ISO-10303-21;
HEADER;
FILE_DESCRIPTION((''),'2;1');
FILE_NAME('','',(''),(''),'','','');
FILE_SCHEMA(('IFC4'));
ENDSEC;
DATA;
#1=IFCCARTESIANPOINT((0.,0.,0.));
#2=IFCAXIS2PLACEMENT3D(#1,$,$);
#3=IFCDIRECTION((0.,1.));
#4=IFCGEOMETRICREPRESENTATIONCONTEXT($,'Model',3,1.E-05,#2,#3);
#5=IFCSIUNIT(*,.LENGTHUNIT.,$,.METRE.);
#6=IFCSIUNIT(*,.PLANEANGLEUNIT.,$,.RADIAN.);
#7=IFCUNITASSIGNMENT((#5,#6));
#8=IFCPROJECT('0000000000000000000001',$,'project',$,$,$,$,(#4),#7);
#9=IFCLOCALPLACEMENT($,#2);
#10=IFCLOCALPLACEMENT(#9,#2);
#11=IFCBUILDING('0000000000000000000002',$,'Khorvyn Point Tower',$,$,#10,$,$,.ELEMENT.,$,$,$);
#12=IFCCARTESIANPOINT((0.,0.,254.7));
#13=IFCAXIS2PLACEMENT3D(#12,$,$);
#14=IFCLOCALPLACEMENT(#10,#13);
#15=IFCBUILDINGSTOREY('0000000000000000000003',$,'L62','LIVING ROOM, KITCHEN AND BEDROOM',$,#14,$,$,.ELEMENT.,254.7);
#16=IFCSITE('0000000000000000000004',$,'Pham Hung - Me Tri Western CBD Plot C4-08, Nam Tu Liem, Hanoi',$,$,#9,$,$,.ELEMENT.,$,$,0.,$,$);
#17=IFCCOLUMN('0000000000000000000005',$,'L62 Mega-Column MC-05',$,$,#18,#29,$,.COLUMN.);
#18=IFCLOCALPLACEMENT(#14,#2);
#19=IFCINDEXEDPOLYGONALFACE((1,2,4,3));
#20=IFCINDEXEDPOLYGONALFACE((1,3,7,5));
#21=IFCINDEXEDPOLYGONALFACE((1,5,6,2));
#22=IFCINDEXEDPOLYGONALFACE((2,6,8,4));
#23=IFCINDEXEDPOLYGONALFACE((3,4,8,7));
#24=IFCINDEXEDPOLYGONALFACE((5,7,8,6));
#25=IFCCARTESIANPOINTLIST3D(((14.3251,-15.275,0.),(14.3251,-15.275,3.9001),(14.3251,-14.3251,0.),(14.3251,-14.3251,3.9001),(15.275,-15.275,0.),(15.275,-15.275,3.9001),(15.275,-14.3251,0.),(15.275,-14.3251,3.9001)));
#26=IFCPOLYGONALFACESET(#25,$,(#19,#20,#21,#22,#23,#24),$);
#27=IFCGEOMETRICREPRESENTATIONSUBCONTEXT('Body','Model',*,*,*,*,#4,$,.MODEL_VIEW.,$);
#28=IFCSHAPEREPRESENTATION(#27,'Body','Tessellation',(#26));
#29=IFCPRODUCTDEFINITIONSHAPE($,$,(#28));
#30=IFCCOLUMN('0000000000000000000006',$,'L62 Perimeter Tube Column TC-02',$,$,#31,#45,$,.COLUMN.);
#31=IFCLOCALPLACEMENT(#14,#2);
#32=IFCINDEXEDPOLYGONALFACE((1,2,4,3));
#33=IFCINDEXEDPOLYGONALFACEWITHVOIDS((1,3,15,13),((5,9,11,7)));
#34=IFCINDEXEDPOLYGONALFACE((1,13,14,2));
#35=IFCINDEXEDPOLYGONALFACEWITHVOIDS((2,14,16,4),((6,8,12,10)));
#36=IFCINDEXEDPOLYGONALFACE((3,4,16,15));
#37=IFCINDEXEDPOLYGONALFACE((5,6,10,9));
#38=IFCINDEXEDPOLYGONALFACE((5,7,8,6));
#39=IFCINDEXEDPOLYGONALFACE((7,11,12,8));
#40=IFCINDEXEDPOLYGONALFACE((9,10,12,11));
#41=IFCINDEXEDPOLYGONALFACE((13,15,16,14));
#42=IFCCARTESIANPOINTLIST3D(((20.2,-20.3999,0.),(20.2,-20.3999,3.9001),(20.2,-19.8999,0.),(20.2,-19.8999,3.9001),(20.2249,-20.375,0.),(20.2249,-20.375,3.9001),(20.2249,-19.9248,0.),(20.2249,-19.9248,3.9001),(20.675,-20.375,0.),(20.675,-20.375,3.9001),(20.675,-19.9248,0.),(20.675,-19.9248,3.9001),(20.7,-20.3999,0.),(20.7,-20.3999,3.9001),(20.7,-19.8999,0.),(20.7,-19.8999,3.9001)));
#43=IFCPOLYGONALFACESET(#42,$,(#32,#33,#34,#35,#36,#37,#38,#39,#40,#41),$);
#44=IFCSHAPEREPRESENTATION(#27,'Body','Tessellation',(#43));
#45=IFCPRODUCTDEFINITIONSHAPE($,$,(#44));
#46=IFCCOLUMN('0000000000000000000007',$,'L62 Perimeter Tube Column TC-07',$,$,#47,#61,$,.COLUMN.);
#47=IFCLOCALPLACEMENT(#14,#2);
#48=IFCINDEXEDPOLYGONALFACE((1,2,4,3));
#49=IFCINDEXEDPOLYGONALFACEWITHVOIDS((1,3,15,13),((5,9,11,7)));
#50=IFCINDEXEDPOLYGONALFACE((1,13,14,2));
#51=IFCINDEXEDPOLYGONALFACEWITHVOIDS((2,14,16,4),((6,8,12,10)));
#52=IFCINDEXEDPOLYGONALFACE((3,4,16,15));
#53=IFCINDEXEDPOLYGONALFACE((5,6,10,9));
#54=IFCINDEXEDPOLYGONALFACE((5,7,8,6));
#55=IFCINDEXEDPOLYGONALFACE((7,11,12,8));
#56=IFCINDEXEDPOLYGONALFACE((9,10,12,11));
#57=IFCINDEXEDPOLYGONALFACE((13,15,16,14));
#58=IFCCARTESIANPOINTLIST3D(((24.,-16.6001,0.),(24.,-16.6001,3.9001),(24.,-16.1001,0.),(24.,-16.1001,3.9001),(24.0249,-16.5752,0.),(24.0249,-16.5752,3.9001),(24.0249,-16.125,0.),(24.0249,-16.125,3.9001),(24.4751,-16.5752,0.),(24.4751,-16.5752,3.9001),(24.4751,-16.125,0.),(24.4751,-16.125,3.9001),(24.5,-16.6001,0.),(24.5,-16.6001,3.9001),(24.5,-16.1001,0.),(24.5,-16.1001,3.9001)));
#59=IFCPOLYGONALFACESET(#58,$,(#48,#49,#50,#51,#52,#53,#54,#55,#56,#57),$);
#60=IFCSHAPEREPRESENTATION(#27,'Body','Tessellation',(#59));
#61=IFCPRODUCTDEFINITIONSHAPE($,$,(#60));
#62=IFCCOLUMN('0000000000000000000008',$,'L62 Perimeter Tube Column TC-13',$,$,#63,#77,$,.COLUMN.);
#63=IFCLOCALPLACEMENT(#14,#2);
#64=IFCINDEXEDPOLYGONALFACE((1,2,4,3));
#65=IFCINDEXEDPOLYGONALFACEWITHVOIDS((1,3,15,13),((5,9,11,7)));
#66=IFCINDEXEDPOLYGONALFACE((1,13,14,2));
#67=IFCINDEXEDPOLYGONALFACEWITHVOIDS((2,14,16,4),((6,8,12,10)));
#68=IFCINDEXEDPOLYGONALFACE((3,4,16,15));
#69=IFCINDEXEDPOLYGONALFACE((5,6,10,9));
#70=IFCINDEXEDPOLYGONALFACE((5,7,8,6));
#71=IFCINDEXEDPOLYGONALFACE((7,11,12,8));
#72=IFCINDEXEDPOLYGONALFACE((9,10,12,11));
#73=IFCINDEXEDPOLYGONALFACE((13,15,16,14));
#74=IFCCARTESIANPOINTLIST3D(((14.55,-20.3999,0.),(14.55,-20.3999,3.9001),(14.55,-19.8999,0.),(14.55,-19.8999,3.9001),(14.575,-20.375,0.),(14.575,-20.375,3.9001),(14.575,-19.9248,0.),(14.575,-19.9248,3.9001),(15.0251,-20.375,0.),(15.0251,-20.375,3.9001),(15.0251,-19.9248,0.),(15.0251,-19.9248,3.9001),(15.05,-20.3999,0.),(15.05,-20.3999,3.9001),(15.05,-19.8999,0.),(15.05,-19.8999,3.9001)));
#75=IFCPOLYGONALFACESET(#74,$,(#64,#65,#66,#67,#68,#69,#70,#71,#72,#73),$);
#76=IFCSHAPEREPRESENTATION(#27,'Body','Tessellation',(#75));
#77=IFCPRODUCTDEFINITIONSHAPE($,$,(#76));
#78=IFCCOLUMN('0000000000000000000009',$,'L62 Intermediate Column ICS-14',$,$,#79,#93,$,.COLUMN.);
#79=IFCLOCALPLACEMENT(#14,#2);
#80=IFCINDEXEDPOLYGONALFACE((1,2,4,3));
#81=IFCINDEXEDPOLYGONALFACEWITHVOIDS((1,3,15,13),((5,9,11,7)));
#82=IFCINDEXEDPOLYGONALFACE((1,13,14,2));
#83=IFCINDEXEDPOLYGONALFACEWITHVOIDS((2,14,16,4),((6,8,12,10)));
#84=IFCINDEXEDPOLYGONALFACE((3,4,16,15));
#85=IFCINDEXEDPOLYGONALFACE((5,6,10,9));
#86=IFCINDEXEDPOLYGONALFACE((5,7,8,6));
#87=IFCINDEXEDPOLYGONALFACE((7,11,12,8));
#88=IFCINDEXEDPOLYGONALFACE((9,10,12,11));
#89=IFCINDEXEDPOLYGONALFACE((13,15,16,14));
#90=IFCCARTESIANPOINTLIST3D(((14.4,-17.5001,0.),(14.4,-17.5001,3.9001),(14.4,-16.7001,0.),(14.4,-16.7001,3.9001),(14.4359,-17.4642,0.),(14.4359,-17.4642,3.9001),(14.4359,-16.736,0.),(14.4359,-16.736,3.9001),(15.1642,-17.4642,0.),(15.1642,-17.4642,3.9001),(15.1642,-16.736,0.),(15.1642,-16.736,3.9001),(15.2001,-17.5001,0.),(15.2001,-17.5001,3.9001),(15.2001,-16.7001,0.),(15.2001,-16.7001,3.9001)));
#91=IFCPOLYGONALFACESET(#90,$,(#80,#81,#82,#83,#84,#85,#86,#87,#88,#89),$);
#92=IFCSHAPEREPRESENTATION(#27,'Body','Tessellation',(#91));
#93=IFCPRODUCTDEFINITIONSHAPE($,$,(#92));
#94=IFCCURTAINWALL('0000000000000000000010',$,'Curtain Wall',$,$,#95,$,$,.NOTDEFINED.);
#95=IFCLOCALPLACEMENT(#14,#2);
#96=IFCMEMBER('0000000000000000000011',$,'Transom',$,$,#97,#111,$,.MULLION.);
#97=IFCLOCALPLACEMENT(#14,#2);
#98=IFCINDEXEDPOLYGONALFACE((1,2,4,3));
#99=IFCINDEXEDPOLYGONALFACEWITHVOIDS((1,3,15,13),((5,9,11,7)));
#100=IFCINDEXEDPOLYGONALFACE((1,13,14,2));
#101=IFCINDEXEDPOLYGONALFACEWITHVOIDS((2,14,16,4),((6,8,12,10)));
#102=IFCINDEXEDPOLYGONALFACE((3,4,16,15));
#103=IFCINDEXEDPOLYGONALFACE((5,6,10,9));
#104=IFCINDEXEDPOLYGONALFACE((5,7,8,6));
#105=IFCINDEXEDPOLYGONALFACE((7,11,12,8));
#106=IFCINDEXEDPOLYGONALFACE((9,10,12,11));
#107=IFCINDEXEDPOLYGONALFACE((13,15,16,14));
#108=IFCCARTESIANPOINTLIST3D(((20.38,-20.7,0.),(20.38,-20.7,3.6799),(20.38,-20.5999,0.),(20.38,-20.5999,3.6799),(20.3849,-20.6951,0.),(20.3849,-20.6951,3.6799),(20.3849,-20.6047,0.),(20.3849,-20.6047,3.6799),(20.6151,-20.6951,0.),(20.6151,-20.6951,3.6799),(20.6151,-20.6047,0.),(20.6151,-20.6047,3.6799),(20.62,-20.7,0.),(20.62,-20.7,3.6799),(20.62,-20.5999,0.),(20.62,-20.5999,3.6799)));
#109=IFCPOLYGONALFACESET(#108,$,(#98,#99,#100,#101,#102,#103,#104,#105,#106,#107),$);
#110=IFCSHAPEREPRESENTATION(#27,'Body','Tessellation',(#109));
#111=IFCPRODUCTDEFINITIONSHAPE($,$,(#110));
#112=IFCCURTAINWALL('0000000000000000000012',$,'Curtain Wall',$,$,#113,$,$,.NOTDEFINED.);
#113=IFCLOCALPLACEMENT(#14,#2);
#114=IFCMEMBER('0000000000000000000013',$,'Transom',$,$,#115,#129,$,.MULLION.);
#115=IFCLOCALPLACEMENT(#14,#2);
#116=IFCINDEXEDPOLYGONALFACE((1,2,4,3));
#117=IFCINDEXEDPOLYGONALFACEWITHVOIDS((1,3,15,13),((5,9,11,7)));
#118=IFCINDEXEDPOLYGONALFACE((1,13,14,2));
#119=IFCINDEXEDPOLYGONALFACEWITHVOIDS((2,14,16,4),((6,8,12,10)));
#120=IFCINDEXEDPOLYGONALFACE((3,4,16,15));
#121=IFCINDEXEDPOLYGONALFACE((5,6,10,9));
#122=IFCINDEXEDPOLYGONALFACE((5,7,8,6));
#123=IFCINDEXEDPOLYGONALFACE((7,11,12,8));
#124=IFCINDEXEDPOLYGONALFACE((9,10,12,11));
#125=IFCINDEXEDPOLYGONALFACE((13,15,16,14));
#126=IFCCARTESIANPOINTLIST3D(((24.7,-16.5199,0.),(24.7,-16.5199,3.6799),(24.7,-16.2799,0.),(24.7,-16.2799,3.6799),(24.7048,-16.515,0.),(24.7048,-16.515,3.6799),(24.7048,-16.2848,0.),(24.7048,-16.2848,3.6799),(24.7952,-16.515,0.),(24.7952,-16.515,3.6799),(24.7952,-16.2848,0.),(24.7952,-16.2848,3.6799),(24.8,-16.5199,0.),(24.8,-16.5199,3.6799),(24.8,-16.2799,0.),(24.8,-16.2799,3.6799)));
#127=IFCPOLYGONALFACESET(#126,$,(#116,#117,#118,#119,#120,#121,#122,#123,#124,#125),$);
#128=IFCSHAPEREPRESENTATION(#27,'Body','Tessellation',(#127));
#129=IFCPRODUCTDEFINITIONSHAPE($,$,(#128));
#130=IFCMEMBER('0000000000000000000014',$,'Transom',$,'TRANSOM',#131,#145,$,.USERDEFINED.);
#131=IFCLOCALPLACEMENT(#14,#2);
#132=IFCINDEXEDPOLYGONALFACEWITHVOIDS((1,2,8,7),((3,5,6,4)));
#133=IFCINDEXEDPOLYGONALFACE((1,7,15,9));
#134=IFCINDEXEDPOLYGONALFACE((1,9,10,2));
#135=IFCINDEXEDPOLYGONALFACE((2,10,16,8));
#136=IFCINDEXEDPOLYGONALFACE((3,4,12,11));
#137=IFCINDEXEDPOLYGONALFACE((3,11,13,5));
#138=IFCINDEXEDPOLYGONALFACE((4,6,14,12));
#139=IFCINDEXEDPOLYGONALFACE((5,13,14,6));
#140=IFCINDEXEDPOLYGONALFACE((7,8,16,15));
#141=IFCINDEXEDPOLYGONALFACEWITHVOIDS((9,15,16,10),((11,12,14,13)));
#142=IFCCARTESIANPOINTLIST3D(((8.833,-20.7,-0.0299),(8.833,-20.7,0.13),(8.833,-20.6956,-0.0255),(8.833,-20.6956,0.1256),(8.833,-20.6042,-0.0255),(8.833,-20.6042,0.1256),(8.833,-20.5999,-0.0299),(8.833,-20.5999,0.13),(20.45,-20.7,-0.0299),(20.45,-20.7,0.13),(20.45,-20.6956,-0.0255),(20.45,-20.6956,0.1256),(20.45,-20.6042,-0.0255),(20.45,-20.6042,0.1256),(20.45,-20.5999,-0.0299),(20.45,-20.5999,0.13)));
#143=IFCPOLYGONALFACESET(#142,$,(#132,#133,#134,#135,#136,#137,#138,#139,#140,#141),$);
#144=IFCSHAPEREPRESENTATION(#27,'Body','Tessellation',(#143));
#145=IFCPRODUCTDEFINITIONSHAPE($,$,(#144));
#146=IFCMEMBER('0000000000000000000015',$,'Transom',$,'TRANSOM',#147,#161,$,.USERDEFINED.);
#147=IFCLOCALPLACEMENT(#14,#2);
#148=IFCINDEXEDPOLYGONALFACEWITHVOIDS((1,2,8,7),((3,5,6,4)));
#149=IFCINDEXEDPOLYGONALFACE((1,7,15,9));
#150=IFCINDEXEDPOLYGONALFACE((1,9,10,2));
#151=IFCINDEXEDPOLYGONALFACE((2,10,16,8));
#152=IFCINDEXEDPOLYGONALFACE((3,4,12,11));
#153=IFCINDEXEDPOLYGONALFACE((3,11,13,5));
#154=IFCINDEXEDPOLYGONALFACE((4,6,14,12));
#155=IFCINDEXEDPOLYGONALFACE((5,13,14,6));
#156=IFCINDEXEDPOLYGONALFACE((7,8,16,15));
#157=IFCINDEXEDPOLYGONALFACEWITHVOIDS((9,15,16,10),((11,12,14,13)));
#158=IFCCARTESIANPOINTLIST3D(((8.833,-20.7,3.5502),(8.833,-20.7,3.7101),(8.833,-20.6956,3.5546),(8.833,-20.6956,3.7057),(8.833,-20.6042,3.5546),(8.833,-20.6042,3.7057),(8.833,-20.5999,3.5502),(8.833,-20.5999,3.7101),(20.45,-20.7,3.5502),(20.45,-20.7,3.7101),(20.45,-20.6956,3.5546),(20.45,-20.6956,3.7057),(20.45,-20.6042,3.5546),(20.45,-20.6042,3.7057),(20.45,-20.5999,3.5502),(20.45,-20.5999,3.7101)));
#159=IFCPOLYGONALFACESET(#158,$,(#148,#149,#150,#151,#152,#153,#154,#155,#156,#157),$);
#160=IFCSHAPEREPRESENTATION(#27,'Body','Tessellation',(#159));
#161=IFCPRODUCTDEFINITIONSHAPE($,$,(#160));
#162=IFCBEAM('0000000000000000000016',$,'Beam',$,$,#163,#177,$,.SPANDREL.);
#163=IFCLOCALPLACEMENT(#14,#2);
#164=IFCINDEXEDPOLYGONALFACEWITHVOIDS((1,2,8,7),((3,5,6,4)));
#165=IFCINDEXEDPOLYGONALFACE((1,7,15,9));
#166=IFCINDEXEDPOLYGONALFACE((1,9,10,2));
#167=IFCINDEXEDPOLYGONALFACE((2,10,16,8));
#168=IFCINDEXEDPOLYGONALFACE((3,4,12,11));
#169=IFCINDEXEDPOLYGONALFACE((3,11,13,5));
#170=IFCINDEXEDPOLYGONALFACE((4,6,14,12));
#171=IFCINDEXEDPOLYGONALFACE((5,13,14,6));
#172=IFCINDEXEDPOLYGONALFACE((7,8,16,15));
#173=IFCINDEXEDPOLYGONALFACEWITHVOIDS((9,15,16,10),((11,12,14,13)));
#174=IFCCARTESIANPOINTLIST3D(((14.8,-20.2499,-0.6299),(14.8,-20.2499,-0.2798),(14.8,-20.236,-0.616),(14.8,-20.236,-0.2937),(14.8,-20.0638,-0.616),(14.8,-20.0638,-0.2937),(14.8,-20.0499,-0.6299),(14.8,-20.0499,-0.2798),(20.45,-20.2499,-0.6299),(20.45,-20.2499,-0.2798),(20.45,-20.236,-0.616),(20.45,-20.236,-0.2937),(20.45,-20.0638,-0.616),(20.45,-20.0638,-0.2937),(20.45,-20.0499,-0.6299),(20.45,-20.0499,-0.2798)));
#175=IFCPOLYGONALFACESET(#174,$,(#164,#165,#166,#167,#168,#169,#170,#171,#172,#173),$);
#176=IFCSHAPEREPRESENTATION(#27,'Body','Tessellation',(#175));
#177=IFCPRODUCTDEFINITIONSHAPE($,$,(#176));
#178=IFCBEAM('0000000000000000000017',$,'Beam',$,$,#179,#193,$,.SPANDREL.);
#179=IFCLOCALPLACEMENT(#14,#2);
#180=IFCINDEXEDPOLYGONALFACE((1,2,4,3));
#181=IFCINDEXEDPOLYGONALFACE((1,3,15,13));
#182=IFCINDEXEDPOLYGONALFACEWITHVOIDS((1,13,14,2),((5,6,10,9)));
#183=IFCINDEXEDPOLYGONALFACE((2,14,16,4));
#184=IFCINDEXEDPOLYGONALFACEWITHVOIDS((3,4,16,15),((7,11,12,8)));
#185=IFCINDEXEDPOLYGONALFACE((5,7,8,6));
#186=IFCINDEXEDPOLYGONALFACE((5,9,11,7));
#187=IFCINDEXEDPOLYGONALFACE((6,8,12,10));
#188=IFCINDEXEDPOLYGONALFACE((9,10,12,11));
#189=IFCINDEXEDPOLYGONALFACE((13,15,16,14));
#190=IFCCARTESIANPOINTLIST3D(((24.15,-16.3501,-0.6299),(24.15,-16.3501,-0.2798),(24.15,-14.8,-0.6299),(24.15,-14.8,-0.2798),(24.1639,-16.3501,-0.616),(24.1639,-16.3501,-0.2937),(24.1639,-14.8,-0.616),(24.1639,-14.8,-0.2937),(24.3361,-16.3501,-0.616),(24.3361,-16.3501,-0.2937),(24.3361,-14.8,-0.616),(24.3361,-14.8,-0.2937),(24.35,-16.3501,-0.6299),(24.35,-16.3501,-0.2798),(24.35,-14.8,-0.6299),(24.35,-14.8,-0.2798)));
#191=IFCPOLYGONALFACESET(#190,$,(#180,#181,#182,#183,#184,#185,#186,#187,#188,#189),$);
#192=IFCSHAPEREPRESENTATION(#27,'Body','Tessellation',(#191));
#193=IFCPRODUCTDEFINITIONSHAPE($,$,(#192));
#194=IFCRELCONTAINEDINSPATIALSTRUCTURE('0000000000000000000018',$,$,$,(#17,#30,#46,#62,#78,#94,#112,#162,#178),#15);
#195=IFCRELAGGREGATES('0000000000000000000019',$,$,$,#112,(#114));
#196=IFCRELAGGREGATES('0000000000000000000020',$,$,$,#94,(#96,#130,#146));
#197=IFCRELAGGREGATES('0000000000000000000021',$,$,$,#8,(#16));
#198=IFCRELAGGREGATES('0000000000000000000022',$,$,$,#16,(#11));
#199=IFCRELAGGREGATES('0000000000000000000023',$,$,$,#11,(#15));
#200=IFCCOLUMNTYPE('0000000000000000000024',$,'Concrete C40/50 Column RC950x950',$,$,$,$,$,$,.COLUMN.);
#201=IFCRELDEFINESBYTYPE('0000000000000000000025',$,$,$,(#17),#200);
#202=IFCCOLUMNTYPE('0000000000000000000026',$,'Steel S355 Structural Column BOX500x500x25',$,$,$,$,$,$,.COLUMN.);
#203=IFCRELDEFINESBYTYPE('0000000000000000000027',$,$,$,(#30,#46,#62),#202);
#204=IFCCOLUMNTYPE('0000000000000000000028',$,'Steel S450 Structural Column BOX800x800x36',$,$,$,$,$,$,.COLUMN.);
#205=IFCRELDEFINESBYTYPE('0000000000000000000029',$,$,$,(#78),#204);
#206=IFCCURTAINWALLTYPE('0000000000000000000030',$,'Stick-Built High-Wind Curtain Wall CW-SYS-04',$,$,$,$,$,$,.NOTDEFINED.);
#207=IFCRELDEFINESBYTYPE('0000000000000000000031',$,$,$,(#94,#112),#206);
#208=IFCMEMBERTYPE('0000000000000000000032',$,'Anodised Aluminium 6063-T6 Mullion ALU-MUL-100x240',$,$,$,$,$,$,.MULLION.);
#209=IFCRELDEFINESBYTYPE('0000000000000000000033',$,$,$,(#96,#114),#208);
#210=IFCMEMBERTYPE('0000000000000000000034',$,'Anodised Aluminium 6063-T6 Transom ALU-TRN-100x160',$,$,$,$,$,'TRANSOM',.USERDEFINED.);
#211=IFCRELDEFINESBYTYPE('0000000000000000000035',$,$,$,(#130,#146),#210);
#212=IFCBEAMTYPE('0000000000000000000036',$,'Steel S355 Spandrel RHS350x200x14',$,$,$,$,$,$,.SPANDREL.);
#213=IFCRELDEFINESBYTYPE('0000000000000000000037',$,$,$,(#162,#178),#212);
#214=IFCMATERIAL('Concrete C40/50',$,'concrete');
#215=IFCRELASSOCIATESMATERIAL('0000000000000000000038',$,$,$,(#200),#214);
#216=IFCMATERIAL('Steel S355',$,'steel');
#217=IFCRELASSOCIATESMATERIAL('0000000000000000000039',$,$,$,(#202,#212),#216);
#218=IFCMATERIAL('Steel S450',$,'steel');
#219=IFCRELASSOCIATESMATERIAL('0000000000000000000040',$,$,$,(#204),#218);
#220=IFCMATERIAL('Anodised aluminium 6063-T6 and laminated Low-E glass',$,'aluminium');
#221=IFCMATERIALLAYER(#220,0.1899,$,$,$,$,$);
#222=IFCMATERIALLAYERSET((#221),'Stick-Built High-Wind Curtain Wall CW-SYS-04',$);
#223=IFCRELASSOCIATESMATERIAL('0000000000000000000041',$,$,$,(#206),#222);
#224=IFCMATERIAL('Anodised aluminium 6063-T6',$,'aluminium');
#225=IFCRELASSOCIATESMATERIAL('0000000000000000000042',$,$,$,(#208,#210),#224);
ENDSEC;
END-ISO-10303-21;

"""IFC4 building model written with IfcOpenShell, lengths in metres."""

from ifc_helpers import new_model, si_unit, direction, frame, origin, origin_2d, place, context, subcontext, project, spatial, rectangle, hollow_rectangle, extrude, material, layer, layer_set, material_profile, profile_set, type_object, element, aggregate, save


model = new_model("IFC4")

# Units and contexts
model_context = context("Model", 3, precision=1e-05, world=origin(), true_north=direction((0.0, 1.0)))
body_context = subcontext(model_context, "Body", "Model", "MODEL_VIEW")
ifc_project = project(units=[si_unit("LENGTHUNIT", "METRE"), si_unit("PLANEANGLEUNIT", "RADIAN")], contexts=[model_context])

# Site, building, storey
site_placement = place(None, origin())
site = spatial("IfcSite", under=ifc_project, at=site_placement, Name="Pham Hung - Me Tri Western CBD Plot C4-08, Nam Tu Liem, Hanoi", CompositionType="ELEMENT", RefElevation=0.0)
building_placement = place(site_placement, origin())
building = spatial("IfcBuilding", under=site, at=building_placement, Name="Khorvyn Point Tower", CompositionType="ELEMENT")
storey_placement = place(building_placement, frame((0.0, 0.0, 254.7)))
storey = spatial("IfcBuildingStorey", under=building, at=storey_placement, Name="L62", Description="LIVING ROOM, KITCHEN AND BEDROOM", CompositionType="ELEMENT", Elevation=254.7)

# Columns
ifc_material_1 = material(Name="Concrete C40/50", Category="concrete")
ifc_material_profile_1 = material_profile(ifc_material_1, rectangle(XDim=0.95, YDim=0.95, at=origin_2d()))
ifc_profile_set_1 = profile_set([ifc_material_profile_1], Name="Concrete C40/50 RC950x950")
column_type_1 = type_object("IfcColumnType", Name="Concrete C40/50 Column RC950x950", PredefinedType="COLUMN", material=ifc_profile_set_1)
column_1_placement = place(storey_placement, frame((14.8, -14.8, 0.0), z_axis=(0.0, 0.0, 1.0), x_axis=(1.0, 0.0, 0.0)))
element("IfcColumn", 1, at=column_1_placement, inside=storey, type_object=column_type_1, Name="L62 Mega-Column MC-05", PredefinedType="COLUMN", context=body_context, shape_type="SweptSolid", body=[
    extrude(rectangle(XDim=0.95, YDim=0.95, at=origin_2d()), origin(), (0.0, 0.0, 1.0), 3.9001),
])
ifc_material_2 = material(Name="Steel S355", Category="steel")
ifc_material_profile_2 = material_profile(ifc_material_2, hollow_rectangle(XDim=0.5, YDim=0.5, WallThickness=0.0249, at=origin_2d()))
ifc_profile_set_2 = profile_set([ifc_material_profile_2], Name="Steel S355 BOX500x500x25")
column_type_2 = type_object("IfcColumnType", Name="Steel S355 Structural Column BOX500x500x25", PredefinedType="COLUMN", material=ifc_profile_set_2)
for number, where, z_axis, x_axis, name in (
    (2, (20.45, -20.1499, 0.0), (0.0, 0.0, 1.0), (1.0, 0.0, 0.0), "L62 Perimeter Tube Column TC-02"),
    (3, (24.25, -16.3501, 0.0), (0.0, 0.0, 1.0), (1.0, 0.0, 0.0), "L62 Perimeter Tube Column TC-07"),
    (4, (14.8, -20.1499, 0.0), (0.0, 0.0, 1.0), (1.0, 0.0, 0.0), "L62 Perimeter Tube Column TC-13"),
):
    element("IfcColumn", number, at=place(storey_placement, frame(where, z_axis=z_axis, x_axis=x_axis)), inside=storey, type_object=column_type_2, Name=name, PredefinedType="COLUMN", context=body_context, shape_type="SweptSolid", body=[
        extrude(hollow_rectangle(XDim=0.5, YDim=0.5, WallThickness=0.0249, at=origin_2d()), origin(), (0.0, 0.0, 1.0), 3.9001),
    ])
ifc_material_3 = material(Name="Steel S450", Category="steel")
ifc_material_profile_3 = material_profile(ifc_material_3, hollow_rectangle(XDim=0.8, YDim=0.8, WallThickness=0.0359, at=origin_2d()))
ifc_profile_set_3 = profile_set([ifc_material_profile_3], Name="Steel S450 BOX800x800x36")
column_type_3 = type_object("IfcColumnType", Name="Steel S450 Structural Column BOX800x800x36", PredefinedType="COLUMN", material=ifc_profile_set_3)
column_2_placement = place(storey_placement, frame((14.8, -17.1001, 0.0), z_axis=(0.0, 0.0, 1.0), x_axis=(1.0, 0.0, 0.0)))
element("IfcColumn", 5, at=column_2_placement, inside=storey, type_object=column_type_3, Name="L62 Intermediate Column ICS-14", PredefinedType="COLUMN", context=body_context, shape_type="SweptSolid", body=[
    extrude(hollow_rectangle(XDim=0.8, YDim=0.8, WallThickness=0.0359, at=origin_2d()), origin(), (0.0, 0.0, 1.0), 3.9001),
])

# Curtain walls, members
ifc_material_4 = material(Name="Anodised aluminium 6063-T6 and laminated Low-E glass", Category="aluminium")
ifc_layer_1 = layer(ifc_material_4, 0.1899)
ifc_layer_set_1 = layer_set([ifc_layer_1], Name="Stick-Built High-Wind Curtain Wall CW-SYS-04")
curtain_wall_type = type_object("IfcCurtainWallType", Name="Stick-Built High-Wind Curtain Wall CW-SYS-04", PredefinedType="NOTDEFINED", material=ifc_layer_set_1)
curtain_wall_1_placement = place(storey_placement, origin())
curtain_wall_1 = element("IfcCurtainWall", 6, at=curtain_wall_1_placement, inside=storey, type_object=curtain_wall_type, Name="Curtain Wall", PredefinedType="NOTDEFINED")
ifc_material_5 = material(Name="Anodised aluminium 6063-T6", Category="aluminium")
ifc_material_profile_4 = material_profile(ifc_material_5, hollow_rectangle(XDim=0.1001, YDim=0.24, WallThickness=0.0049, at=origin_2d()))
ifc_profile_set_4 = profile_set([ifc_material_profile_4], Name="Anodised aluminium 6063-T6 ALU-MUL-100x240")
member_type_1 = type_object("IfcMemberType", Name="Anodised Aluminium 6063-T6 Mullion ALU-MUL-100x240", PredefinedType="MULLION", material=ifc_profile_set_4)
member_1_placement = place(storey_placement, frame((20.5, -20.6499, 0.0), z_axis=(0.0, 0.0, 1.0), x_axis=(0.0, -1.0, 0.0)))
member_1 = element("IfcMember", 7, at=member_1_placement, type_object=member_type_1, Name="Transom", PredefinedType="MULLION", context=body_context, shape_type="SweptSolid", body=[
    extrude(hollow_rectangle(XDim=0.1001, YDim=0.24, WallThickness=0.0049, at=origin_2d()), origin(), (0.0, 0.0, 1.0), 3.6799),
])
curtain_wall_2_placement = place(storey_placement, origin())
curtain_wall_2 = element("IfcCurtainWall", 8, at=curtain_wall_2_placement, inside=storey, type_object=curtain_wall_type, Name="Curtain Wall", PredefinedType="NOTDEFINED")
member_2_placement = place(storey_placement, frame((24.75, -16.3999, 0.0), z_axis=(0.0, 0.0, 1.0), x_axis=(1.0, 0.0, 0.0)))
member_2 = element("IfcMember", 9, at=member_2_placement, type_object=member_type_1, Name="Transom", PredefinedType="MULLION", context=body_context, shape_type="SweptSolid", body=[
    extrude(hollow_rectangle(XDim=0.1001, YDim=0.24, WallThickness=0.0049, at=origin_2d()), origin(), (0.0, 0.0, 1.0), 3.6799),
])
aggregate(curtain_wall_2, [member_2])

# Members
ifc_material_profile_5 = material_profile(ifc_material_5, hollow_rectangle(XDim=0.1001, YDim=0.1599, WallThickness=0.0044, at=origin_2d()))
ifc_profile_set_5 = profile_set([ifc_material_profile_5], Name="Anodised aluminium 6063-T6 ALU-TRN-100x160")
member_type_2 = type_object("IfcMemberType", Name="Anodised Aluminium 6063-T6 Transom ALU-TRN-100x160", ElementType="TRANSOM", PredefinedType="USERDEFINED", material=ifc_profile_set_5)
member_3_placement = place(storey_placement, frame((20.45, -20.6499, 0.05), z_axis=(-1.0, 0.0, 0.0), x_axis=(0.0, -1.0, 0.0)))
member_3 = element("IfcMember", 10, at=member_3_placement, type_object=member_type_2, Name="Transom", ObjectType="TRANSOM", PredefinedType="USERDEFINED", context=body_context, shape_type="SweptSolid", body=[
    extrude(hollow_rectangle(XDim=0.1001, YDim=0.1599, WallThickness=0.0044, at=origin_2d()), origin(), (0.0, 0.0, 1.0), 11.6169),
])
member_4_placement = place(storey_placement, frame((20.45, -20.6499, 3.6301), z_axis=(-1.0, 0.0, 0.0), x_axis=(0.0, -1.0, 0.0)))
member_4 = element("IfcMember", 11, at=member_4_placement, type_object=member_type_2, Name="Transom", ObjectType="TRANSOM", PredefinedType="USERDEFINED", context=body_context, shape_type="SweptSolid", body=[
    extrude(hollow_rectangle(XDim=0.1001, YDim=0.1599, WallThickness=0.0044, at=origin_2d()), origin(), (0.0, 0.0, 1.0), 11.6169),
])

# Beams
ifc_material_profile_6 = material_profile(ifc_material_2, hollow_rectangle(XDim=0.2, YDim=0.3501, WallThickness=0.0139, at=origin_2d()))
ifc_profile_set_6 = profile_set([ifc_material_profile_6], Name="Steel S355 RHS350x200x14")
beam_type_1 = type_object("IfcBeamType", Name="Steel S355 Spandrel RHS350x200x14", PredefinedType="SPANDREL", material=ifc_profile_set_6)
beam_1_placement = place(storey_placement, frame((14.8, -20.1499, -0.4548), z_axis=(1.0, 0.0, 0.0), x_axis=(0.0, 1.0, 0.0)))
element("IfcBeam", 12, at=beam_1_placement, inside=storey, type_object=beam_type_1, Name="Beam", PredefinedType="SPANDREL", context=body_context, shape_type="SweptSolid", body=[
    extrude(hollow_rectangle(XDim=0.2, YDim=0.3501, WallThickness=0.0139, at=origin_2d()), origin(), (0.0, 0.0, 1.0), 5.6499),
])
beam_2_placement = place(storey_placement, frame((24.25, -16.3501, -0.4548), z_axis=(0.0, 1.0, 0.0), x_axis=(-1.0, 0.0, 0.0)))
element("IfcBeam", 13, at=beam_2_placement, inside=storey, type_object=beam_type_1, Name="Beam", PredefinedType="SPANDREL", context=body_context, shape_type="SweptSolid", body=[
    extrude(hollow_rectangle(XDim=0.2, YDim=0.3501, WallThickness=0.0139, at=origin_2d()), origin(), (0.0, 0.0, 1.0), 1.55),
])

aggregate(curtain_wall_1, [member_1, member_3, member_4])

save(model, "model.ifc")
